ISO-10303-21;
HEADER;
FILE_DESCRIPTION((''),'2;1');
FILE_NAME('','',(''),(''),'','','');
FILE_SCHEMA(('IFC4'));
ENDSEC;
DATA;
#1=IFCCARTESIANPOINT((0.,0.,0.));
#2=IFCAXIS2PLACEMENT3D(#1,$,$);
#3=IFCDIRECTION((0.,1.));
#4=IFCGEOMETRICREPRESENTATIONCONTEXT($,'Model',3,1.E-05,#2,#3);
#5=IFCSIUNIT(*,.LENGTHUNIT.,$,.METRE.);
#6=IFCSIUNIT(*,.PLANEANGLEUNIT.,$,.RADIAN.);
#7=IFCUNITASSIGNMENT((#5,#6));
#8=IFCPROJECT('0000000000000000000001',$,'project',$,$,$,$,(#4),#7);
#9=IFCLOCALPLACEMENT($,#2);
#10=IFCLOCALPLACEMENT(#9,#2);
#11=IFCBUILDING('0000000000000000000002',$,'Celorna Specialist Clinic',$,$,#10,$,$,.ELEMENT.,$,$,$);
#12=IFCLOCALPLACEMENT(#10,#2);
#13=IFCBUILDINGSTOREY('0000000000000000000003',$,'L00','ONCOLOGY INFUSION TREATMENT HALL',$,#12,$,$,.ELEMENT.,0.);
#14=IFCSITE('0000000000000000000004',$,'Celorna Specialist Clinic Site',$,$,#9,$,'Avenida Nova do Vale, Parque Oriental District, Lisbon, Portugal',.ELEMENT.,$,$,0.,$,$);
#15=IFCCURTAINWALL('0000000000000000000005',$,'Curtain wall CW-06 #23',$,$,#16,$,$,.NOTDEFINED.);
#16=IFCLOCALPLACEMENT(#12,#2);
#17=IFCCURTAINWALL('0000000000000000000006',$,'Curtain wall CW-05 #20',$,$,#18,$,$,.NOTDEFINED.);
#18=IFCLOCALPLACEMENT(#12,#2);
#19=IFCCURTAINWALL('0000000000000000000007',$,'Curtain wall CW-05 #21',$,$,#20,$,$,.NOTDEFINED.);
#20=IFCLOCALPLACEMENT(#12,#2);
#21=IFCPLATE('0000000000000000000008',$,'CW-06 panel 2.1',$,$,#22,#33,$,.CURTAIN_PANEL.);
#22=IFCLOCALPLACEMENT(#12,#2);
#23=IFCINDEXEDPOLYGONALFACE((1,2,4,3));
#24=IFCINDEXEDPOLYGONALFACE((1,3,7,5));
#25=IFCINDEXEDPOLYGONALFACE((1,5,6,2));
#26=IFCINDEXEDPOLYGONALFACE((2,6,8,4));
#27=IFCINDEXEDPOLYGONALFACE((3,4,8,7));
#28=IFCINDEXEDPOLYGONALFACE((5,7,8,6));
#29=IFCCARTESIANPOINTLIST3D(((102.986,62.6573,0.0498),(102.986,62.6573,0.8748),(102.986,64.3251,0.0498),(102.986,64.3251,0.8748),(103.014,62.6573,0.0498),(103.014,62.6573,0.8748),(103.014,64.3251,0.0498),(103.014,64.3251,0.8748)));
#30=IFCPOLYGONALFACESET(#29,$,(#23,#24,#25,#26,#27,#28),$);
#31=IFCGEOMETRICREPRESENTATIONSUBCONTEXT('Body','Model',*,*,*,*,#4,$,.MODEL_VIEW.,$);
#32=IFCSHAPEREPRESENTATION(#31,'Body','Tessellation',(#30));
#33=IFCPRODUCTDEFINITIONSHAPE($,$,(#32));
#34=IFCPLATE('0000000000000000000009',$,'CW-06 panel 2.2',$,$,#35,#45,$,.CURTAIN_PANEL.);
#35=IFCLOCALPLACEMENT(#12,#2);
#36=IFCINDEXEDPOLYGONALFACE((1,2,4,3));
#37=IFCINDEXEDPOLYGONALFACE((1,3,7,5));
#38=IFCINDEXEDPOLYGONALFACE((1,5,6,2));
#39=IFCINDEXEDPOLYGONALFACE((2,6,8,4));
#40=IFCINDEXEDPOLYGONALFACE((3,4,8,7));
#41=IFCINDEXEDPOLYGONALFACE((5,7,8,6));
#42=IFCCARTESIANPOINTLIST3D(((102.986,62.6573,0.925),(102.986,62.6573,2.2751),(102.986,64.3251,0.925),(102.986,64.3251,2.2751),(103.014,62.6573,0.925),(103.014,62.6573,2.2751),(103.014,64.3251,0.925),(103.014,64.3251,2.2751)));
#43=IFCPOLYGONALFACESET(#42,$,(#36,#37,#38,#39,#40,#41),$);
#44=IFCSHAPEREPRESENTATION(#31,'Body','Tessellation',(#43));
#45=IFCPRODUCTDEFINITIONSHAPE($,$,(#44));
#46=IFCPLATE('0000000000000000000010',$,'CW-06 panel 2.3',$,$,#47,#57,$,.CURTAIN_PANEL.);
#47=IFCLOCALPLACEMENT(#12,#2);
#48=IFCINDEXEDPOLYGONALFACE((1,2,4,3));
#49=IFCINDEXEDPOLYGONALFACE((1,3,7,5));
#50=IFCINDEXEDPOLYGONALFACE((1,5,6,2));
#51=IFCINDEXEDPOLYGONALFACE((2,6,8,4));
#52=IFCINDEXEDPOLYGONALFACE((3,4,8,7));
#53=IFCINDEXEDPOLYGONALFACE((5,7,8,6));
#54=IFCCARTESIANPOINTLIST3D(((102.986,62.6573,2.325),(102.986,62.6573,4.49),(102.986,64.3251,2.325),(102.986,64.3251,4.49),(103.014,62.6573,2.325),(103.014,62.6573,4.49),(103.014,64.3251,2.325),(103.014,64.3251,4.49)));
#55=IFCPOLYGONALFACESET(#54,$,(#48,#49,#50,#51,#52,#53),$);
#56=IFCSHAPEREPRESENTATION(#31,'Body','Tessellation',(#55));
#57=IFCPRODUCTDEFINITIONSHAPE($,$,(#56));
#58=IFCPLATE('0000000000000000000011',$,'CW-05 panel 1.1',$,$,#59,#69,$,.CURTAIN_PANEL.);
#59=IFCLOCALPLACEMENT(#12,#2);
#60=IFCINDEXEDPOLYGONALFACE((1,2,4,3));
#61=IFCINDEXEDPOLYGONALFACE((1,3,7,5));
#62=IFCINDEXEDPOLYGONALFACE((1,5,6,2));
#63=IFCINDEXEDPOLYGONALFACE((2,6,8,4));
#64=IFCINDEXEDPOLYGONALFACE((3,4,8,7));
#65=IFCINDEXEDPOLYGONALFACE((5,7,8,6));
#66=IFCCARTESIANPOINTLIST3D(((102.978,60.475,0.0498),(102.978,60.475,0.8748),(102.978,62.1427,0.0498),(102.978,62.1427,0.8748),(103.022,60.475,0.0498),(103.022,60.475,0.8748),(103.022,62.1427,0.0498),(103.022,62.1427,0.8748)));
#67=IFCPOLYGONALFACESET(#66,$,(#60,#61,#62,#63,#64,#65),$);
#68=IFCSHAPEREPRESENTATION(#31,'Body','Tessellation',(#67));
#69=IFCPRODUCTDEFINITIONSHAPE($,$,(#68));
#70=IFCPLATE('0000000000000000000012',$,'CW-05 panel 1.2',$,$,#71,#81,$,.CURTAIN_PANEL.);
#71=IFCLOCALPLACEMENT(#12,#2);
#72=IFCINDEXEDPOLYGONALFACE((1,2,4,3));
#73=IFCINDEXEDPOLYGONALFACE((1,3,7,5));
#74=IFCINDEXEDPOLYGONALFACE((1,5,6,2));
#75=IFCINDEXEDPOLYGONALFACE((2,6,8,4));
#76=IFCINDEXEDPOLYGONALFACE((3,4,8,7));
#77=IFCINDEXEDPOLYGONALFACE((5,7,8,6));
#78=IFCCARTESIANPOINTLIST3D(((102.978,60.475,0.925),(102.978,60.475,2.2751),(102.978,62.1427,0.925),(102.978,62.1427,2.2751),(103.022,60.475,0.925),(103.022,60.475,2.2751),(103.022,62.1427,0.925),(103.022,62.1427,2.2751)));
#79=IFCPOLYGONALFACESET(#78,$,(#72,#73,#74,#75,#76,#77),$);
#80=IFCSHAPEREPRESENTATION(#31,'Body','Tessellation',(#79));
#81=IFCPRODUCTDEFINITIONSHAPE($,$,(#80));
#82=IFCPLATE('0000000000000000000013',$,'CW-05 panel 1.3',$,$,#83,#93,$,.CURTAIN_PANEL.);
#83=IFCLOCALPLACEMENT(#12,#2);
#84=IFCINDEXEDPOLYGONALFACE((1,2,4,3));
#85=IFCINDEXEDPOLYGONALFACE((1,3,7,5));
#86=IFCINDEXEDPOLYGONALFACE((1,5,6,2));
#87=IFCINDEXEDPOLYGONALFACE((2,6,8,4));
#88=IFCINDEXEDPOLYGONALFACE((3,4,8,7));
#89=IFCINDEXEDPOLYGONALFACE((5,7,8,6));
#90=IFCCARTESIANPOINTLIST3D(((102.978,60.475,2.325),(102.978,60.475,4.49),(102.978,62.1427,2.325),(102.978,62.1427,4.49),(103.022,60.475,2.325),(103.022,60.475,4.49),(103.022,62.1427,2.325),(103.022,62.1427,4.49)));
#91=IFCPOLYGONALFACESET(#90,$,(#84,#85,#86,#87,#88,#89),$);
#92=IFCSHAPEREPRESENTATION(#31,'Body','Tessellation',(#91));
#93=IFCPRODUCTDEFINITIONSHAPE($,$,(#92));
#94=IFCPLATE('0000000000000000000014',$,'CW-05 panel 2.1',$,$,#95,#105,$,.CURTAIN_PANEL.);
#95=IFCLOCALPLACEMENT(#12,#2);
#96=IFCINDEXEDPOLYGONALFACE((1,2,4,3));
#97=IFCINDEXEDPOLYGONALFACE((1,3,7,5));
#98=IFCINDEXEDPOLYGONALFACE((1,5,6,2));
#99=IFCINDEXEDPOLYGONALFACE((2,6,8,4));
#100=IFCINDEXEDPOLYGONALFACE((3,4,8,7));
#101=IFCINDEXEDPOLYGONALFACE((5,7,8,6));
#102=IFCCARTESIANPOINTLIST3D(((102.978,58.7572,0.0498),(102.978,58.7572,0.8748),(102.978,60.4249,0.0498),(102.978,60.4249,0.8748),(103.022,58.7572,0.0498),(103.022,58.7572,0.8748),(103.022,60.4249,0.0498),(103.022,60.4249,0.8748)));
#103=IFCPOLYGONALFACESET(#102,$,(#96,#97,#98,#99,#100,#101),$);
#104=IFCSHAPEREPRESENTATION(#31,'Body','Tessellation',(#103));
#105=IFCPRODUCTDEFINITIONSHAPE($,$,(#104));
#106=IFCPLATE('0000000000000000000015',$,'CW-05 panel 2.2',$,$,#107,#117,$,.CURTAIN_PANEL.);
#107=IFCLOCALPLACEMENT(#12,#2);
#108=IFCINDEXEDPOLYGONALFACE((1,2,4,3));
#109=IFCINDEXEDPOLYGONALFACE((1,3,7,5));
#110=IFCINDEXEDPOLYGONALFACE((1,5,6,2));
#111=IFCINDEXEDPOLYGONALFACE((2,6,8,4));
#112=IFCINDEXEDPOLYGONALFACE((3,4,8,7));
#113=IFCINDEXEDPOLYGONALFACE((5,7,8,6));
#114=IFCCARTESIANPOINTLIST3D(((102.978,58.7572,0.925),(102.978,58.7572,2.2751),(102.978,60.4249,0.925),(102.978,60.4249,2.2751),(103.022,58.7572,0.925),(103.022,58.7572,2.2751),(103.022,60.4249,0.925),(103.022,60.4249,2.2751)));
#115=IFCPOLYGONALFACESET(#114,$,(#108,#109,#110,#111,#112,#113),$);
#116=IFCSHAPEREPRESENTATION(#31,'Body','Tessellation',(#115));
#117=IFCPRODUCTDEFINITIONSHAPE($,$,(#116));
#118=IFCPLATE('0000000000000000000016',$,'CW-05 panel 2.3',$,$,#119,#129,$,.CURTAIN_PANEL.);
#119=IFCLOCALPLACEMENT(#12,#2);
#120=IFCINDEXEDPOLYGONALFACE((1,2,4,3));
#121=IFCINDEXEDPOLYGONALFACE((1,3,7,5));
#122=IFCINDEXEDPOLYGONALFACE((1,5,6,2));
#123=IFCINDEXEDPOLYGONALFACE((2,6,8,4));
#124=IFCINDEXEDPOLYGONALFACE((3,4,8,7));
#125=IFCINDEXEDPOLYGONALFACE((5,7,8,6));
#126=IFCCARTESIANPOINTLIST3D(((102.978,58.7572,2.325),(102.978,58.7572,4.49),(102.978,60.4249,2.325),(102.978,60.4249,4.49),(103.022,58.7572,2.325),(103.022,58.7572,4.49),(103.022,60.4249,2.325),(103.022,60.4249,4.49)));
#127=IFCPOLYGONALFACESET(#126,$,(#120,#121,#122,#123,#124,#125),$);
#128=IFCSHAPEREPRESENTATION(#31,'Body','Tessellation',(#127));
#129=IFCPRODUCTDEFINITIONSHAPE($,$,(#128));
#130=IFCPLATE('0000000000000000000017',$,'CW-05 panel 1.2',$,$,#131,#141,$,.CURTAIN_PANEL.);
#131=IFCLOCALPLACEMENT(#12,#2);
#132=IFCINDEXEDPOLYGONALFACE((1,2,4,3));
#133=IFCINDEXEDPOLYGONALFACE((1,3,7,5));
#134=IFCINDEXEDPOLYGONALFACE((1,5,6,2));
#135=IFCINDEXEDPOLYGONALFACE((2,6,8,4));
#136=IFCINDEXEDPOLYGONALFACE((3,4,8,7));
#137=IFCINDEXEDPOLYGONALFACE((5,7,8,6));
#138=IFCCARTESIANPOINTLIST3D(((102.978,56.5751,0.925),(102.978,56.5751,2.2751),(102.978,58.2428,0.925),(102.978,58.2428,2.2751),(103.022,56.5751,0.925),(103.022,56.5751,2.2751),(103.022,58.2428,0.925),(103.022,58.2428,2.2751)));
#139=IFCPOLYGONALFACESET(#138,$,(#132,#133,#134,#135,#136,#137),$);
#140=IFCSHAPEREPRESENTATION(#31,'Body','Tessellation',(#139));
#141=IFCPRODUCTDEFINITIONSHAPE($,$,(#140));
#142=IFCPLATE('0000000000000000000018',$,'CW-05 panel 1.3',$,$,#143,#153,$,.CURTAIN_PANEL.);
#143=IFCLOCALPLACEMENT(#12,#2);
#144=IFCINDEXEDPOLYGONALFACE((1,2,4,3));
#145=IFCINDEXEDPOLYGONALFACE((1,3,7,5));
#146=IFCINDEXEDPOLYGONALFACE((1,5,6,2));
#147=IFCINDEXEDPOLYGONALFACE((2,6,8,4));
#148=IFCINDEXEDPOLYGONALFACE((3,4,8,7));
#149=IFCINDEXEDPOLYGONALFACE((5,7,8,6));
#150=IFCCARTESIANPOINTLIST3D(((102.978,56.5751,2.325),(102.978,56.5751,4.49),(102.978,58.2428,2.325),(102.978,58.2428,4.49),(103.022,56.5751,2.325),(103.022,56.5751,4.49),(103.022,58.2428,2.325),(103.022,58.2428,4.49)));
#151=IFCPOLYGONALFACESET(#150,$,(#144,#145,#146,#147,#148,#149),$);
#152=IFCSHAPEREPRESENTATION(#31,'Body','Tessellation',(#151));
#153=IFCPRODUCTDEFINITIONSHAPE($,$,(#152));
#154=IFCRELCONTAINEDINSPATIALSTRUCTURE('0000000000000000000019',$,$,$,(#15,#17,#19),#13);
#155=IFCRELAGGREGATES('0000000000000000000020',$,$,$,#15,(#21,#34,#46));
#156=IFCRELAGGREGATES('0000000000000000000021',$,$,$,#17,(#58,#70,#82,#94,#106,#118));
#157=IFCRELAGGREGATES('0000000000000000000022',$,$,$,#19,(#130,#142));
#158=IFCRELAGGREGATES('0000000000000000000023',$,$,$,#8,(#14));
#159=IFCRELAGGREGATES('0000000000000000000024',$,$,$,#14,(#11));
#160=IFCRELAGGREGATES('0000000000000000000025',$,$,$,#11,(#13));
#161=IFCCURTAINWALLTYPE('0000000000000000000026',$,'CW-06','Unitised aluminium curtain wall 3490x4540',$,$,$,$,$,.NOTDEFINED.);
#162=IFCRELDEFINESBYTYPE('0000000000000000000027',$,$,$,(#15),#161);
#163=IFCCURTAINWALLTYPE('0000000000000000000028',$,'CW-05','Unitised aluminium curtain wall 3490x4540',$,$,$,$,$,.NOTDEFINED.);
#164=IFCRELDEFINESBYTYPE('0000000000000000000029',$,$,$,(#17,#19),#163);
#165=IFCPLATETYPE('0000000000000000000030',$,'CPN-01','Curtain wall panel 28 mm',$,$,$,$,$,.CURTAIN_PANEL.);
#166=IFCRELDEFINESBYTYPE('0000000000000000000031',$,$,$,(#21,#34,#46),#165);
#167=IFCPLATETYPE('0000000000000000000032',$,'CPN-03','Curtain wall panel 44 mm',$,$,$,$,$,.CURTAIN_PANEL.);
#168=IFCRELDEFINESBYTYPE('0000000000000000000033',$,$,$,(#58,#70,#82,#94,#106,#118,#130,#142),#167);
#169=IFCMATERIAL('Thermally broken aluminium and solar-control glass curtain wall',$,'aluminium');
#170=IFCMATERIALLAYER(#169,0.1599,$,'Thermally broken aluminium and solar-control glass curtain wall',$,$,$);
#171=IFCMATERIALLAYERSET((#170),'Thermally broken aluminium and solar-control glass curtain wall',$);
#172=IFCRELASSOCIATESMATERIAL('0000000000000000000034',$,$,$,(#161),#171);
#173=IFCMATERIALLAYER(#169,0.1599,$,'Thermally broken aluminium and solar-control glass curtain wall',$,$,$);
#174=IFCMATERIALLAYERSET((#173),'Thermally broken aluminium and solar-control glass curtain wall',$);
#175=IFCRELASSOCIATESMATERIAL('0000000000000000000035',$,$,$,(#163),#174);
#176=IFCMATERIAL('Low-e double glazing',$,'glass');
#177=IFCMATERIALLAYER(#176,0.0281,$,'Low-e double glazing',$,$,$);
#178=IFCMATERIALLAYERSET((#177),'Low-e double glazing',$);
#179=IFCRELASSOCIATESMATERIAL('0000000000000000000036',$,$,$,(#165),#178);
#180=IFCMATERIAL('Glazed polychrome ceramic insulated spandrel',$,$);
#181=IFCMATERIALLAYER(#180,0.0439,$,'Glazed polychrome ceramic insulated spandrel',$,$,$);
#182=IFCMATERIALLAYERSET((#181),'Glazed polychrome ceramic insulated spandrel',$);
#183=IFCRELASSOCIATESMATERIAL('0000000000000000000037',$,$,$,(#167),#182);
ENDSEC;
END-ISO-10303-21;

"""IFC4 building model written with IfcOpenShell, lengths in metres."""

from ifc_helpers import new_model, si_unit, direction, frame, origin, origin_2d, place, context, subcontext, project, spatial, rectangle, extrude, material, layer, layer_set, type_object, element, aggregate, save


model = new_model("IFC4")

# Units and contexts
model_context = context("Model", 3, precision=1e-05, world=origin(), true_north=direction((0.0, 1.0)))
body_context = subcontext(model_context, "Body", "Model", "MODEL_VIEW")
ifc_project = project(units=[si_unit("LENGTHUNIT", "METRE"), si_unit("PLANEANGLEUNIT", "RADIAN")], contexts=[model_context])

# Site, building, storey
site_placement = place(None, origin())
site = spatial("IfcSite", under=ifc_project, at=site_placement, Name="Celorna Specialist Clinic Site", LongName="Avenida Nova do Vale, Parque Oriental District, Lisbon, Portugal", CompositionType="ELEMENT", RefElevation=0.0)
building_placement = place(site_placement, origin())
building = spatial("IfcBuilding", under=site, at=building_placement, Name="Celorna Specialist Clinic", CompositionType="ELEMENT")
storey_placement = place(building_placement, origin())
storey = spatial("IfcBuildingStorey", under=building, at=storey_placement, Name="L00", Description="ONCOLOGY INFUSION TREATMENT HALL", CompositionType="ELEMENT", Elevation=0.0)

# Curtain wall
ifc_material_1 = material(Name="Thermally broken aluminium and solar-control glass curtain wall", Category="aluminium")
ifc_layer_1 = layer(ifc_material_1, 0.1599, Name="Thermally broken aluminium and solar-control glass curtain wall")
ifc_layer_set_1 = layer_set([ifc_layer_1], Name="Thermally broken aluminium and solar-control glass curtain wall")
curtain_wall_type_1 = type_object("IfcCurtainWallType", Name="CW-06", Description="Unitised aluminium curtain wall 3490x4540", PredefinedType="NOTDEFINED", material=ifc_layer_set_1)
curtain_wall_1_placement = place(storey_placement, origin())
curtain_wall_1 = element("IfcCurtainWall", 1, at=curtain_wall_1_placement, inside=storey, type_object=curtain_wall_type_1, Name="Curtain wall CW-06 #23", PredefinedType="NOTDEFINED")

# Curtain wall
ifc_layer_2 = layer(ifc_material_1, 0.1599, Name="Thermally broken aluminium and solar-control glass curtain wall")
ifc_layer_set_2 = layer_set([ifc_layer_2], Name="Thermally broken aluminium and solar-control glass curtain wall")
curtain_wall_type_2 = type_object("IfcCurtainWallType", Name="CW-05", Description="Unitised aluminium curtain wall 3490x4540", PredefinedType="NOTDEFINED", material=ifc_layer_set_2)
curtain_wall_2_placement = place(storey_placement, origin())
curtain_wall_2 = element("IfcCurtainWall", 2, at=curtain_wall_2_placement, inside=storey, type_object=curtain_wall_type_2, Name="Curtain wall CW-05 #20", PredefinedType="NOTDEFINED")

# Curtain wall
curtain_wall_3_placement = place(storey_placement, origin())
curtain_wall_3 = element("IfcCurtainWall", 3, at=curtain_wall_3_placement, inside=storey, type_object=curtain_wall_type_2, Name="Curtain wall CW-05 #21", PredefinedType="NOTDEFINED")

# Plates
ifc_material_2 = material(Name="Low-e double glazing", Category="glass")
ifc_layer_3 = layer(ifc_material_2, 0.0281, Name="Low-e double glazing")
ifc_layer_set_3 = layer_set([ifc_layer_3], Name="Low-e double glazing")
plate_type_1 = type_object("IfcPlateType", Name="CPN-01", Description="Curtain wall panel 28 mm", PredefinedType="CURTAIN_PANEL", material=ifc_layer_set_3)
plate_1_placement = place(storey_placement, frame((103.0, 63.4912, 0.0498), z_axis=(0.0, 0.0, 1.0), x_axis=(0.0, -1.0, 0.0)))
plate_1 = element("IfcPlate", 4, at=plate_1_placement, type_object=plate_type_1, Name="CW-06 panel 2.1", PredefinedType="CURTAIN_PANEL", context=body_context, shape_type="SweptSolid", body=[
    extrude(rectangle(XDim=1.6677, YDim=0.0281, at=origin_2d()), origin(), (0.0, 0.0, 1.0), 0.825),
])
plate_2_placement = place(storey_placement, frame((103.0, 63.4912, 0.925), z_axis=(0.0, 0.0, 1.0), x_axis=(0.0, -1.0, 0.0)))
plate_2 = element("IfcPlate", 5, at=plate_2_placement, type_object=plate_type_1, Name="CW-06 panel 2.2", PredefinedType="CURTAIN_PANEL", context=body_context, shape_type="SweptSolid", body=[
    extrude(rectangle(XDim=1.6677, YDim=0.0281, at=origin_2d()), origin(), (0.0, 0.0, 1.0), 1.3501),
])
plate_3_placement = place(storey_placement, frame((103.0, 63.4912, 2.325), z_axis=(0.0, 0.0, 1.0), x_axis=(0.0, -1.0, 0.0)))
plate_3 = element("IfcPlate", 6, at=plate_3_placement, type_object=plate_type_1, Name="CW-06 panel 2.3", PredefinedType="CURTAIN_PANEL", context=body_context, shape_type="SweptSolid", body=[
    extrude(rectangle(XDim=1.6677, YDim=0.0281, at=origin_2d()), origin(), (0.0, 0.0, 1.0), 2.165),
])
aggregate(curtain_wall_1, [plate_1, plate_2, plate_3])
ifc_material_3 = material(Name="Glazed polychrome ceramic insulated spandrel")
ifc_layer_4 = layer(ifc_material_3, 0.0439, Name="Glazed polychrome ceramic insulated spandrel")
ifc_layer_set_4 = layer_set([ifc_layer_4], Name="Glazed polychrome ceramic insulated spandrel")
plate_type_2 = type_object("IfcPlateType", Name="CPN-03", Description="Curtain wall panel 44 mm", PredefinedType="CURTAIN_PANEL", material=ifc_layer_set_4)
plate_4_placement = place(storey_placement, frame((103.0, 61.3088, 0.0498), z_axis=(0.0, 0.0, 1.0), x_axis=(0.0, -1.0, 0.0)))
plate_4 = element("IfcPlate", 7, at=plate_4_placement, type_object=plate_type_2, Name="CW-05 panel 1.1", PredefinedType="CURTAIN_PANEL", context=body_context, shape_type="SweptSolid", body=[
    extrude(rectangle(XDim=1.6677, YDim=0.0439, at=origin_2d()), origin(), (0.0, 0.0, 1.0), 0.825),
])
plate_5_placement = place(storey_placement, frame((103.0, 61.3088, 0.925), z_axis=(0.0, 0.0, 1.0), x_axis=(0.0, -1.0, 0.0)))
plate_5 = element("IfcPlate", 8, at=plate_5_placement, type_object=plate_type_2, Name="CW-05 panel 1.2", PredefinedType="CURTAIN_PANEL", context=body_context, shape_type="SweptSolid", body=[
    extrude(rectangle(XDim=1.6677, YDim=0.0439, at=origin_2d()), origin(), (0.0, 0.0, 1.0), 1.3501),
])
plate_6_placement = place(storey_placement, frame((103.0, 61.3088, 2.325), z_axis=(0.0, 0.0, 1.0), x_axis=(0.0, -1.0, 0.0)))
plate_6 = element("IfcPlate", 9, at=plate_6_placement, type_object=plate_type_2, Name="CW-05 panel 1.3", PredefinedType="CURTAIN_PANEL", context=body_context, shape_type="SweptSolid", body=[
    extrude(rectangle(XDim=1.6677, YDim=0.0439, at=origin_2d()), origin(), (0.0, 0.0, 1.0), 2.165),
])
plate_7_placement = place(storey_placement, frame((103.0, 59.5911, 0.0498), z_axis=(0.0, 0.0, 1.0), x_axis=(0.0, -1.0, 0.0)))
plate_7 = element("IfcPlate", 10, at=plate_7_placement, type_object=plate_type_2, Name="CW-05 panel 2.1", PredefinedType="CURTAIN_PANEL", context=body_context, shape_type="SweptSolid", body=[
    extrude(rectangle(XDim=1.6677, YDim=0.0439, at=origin_2d()), origin(), (0.0, 0.0, 1.0), 0.825),
])
plate_8_placement = place(storey_placement, frame((103.0, 59.5911, 0.925), z_axis=(0.0, 0.0, 1.0), x_axis=(0.0, -1.0, 0.0)))
plate_8 = element("IfcPlate", 11, at=plate_8_placement, type_object=plate_type_2, Name="CW-05 panel 2.2", PredefinedType="CURTAIN_PANEL", context=body_context, shape_type="SweptSolid", body=[
    extrude(rectangle(XDim=1.6677, YDim=0.0439, at=origin_2d()), origin(), (0.0, 0.0, 1.0), 1.3501),
])
plate_9_placement = place(storey_placement, frame((103.0, 59.5911, 2.325), z_axis=(0.0, 0.0, 1.0), x_axis=(0.0, -1.0, 0.0)))
plate_9 = element("IfcPlate", 12, at=plate_9_placement, type_object=plate_type_2, Name="CW-05 panel 2.3", PredefinedType="CURTAIN_PANEL", context=body_context, shape_type="SweptSolid", body=[
    extrude(rectangle(XDim=1.6677, YDim=0.0439, at=origin_2d()), origin(), (0.0, 0.0, 1.0), 2.165),
])
aggregate(curtain_wall_2, [plate_4, plate_5, plate_6, plate_7, plate_8, plate_9])
plate_10_placement = place(storey_placement, frame((103.0, 57.4089, 0.925), z_axis=(0.0, 0.0, 1.0), x_axis=(0.0, -1.0, 0.0)))
plate_10 = element("IfcPlate", 13, at=plate_10_placement, type_object=plate_type_2, Name="CW-05 panel 1.2", PredefinedType="CURTAIN_PANEL", context=body_context, shape_type="SweptSolid", body=[
    extrude(rectangle(XDim=1.6677, YDim=0.0439, at=origin_2d()), origin(), (0.0, 0.0, 1.0), 1.3501),
])
plate_11_placement = place(storey_placement, frame((103.0, 57.4089, 2.325), z_axis=(0.0, 0.0, 1.0), x_axis=(0.0, -1.0, 0.0)))
plate_11 = element("IfcPlate", 14, at=plate_11_placement, type_object=plate_type_2, Name="CW-05 panel 1.3", PredefinedType="CURTAIN_PANEL", context=body_context, shape_type="SweptSolid", body=[
    extrude(rectangle(XDim=1.6677, YDim=0.0439, at=origin_2d()), origin(), (0.0, 0.0, 1.0), 2.165),
])
aggregate(curtain_wall_3, [plate_10, plate_11])

save(model, "model.ifc")
